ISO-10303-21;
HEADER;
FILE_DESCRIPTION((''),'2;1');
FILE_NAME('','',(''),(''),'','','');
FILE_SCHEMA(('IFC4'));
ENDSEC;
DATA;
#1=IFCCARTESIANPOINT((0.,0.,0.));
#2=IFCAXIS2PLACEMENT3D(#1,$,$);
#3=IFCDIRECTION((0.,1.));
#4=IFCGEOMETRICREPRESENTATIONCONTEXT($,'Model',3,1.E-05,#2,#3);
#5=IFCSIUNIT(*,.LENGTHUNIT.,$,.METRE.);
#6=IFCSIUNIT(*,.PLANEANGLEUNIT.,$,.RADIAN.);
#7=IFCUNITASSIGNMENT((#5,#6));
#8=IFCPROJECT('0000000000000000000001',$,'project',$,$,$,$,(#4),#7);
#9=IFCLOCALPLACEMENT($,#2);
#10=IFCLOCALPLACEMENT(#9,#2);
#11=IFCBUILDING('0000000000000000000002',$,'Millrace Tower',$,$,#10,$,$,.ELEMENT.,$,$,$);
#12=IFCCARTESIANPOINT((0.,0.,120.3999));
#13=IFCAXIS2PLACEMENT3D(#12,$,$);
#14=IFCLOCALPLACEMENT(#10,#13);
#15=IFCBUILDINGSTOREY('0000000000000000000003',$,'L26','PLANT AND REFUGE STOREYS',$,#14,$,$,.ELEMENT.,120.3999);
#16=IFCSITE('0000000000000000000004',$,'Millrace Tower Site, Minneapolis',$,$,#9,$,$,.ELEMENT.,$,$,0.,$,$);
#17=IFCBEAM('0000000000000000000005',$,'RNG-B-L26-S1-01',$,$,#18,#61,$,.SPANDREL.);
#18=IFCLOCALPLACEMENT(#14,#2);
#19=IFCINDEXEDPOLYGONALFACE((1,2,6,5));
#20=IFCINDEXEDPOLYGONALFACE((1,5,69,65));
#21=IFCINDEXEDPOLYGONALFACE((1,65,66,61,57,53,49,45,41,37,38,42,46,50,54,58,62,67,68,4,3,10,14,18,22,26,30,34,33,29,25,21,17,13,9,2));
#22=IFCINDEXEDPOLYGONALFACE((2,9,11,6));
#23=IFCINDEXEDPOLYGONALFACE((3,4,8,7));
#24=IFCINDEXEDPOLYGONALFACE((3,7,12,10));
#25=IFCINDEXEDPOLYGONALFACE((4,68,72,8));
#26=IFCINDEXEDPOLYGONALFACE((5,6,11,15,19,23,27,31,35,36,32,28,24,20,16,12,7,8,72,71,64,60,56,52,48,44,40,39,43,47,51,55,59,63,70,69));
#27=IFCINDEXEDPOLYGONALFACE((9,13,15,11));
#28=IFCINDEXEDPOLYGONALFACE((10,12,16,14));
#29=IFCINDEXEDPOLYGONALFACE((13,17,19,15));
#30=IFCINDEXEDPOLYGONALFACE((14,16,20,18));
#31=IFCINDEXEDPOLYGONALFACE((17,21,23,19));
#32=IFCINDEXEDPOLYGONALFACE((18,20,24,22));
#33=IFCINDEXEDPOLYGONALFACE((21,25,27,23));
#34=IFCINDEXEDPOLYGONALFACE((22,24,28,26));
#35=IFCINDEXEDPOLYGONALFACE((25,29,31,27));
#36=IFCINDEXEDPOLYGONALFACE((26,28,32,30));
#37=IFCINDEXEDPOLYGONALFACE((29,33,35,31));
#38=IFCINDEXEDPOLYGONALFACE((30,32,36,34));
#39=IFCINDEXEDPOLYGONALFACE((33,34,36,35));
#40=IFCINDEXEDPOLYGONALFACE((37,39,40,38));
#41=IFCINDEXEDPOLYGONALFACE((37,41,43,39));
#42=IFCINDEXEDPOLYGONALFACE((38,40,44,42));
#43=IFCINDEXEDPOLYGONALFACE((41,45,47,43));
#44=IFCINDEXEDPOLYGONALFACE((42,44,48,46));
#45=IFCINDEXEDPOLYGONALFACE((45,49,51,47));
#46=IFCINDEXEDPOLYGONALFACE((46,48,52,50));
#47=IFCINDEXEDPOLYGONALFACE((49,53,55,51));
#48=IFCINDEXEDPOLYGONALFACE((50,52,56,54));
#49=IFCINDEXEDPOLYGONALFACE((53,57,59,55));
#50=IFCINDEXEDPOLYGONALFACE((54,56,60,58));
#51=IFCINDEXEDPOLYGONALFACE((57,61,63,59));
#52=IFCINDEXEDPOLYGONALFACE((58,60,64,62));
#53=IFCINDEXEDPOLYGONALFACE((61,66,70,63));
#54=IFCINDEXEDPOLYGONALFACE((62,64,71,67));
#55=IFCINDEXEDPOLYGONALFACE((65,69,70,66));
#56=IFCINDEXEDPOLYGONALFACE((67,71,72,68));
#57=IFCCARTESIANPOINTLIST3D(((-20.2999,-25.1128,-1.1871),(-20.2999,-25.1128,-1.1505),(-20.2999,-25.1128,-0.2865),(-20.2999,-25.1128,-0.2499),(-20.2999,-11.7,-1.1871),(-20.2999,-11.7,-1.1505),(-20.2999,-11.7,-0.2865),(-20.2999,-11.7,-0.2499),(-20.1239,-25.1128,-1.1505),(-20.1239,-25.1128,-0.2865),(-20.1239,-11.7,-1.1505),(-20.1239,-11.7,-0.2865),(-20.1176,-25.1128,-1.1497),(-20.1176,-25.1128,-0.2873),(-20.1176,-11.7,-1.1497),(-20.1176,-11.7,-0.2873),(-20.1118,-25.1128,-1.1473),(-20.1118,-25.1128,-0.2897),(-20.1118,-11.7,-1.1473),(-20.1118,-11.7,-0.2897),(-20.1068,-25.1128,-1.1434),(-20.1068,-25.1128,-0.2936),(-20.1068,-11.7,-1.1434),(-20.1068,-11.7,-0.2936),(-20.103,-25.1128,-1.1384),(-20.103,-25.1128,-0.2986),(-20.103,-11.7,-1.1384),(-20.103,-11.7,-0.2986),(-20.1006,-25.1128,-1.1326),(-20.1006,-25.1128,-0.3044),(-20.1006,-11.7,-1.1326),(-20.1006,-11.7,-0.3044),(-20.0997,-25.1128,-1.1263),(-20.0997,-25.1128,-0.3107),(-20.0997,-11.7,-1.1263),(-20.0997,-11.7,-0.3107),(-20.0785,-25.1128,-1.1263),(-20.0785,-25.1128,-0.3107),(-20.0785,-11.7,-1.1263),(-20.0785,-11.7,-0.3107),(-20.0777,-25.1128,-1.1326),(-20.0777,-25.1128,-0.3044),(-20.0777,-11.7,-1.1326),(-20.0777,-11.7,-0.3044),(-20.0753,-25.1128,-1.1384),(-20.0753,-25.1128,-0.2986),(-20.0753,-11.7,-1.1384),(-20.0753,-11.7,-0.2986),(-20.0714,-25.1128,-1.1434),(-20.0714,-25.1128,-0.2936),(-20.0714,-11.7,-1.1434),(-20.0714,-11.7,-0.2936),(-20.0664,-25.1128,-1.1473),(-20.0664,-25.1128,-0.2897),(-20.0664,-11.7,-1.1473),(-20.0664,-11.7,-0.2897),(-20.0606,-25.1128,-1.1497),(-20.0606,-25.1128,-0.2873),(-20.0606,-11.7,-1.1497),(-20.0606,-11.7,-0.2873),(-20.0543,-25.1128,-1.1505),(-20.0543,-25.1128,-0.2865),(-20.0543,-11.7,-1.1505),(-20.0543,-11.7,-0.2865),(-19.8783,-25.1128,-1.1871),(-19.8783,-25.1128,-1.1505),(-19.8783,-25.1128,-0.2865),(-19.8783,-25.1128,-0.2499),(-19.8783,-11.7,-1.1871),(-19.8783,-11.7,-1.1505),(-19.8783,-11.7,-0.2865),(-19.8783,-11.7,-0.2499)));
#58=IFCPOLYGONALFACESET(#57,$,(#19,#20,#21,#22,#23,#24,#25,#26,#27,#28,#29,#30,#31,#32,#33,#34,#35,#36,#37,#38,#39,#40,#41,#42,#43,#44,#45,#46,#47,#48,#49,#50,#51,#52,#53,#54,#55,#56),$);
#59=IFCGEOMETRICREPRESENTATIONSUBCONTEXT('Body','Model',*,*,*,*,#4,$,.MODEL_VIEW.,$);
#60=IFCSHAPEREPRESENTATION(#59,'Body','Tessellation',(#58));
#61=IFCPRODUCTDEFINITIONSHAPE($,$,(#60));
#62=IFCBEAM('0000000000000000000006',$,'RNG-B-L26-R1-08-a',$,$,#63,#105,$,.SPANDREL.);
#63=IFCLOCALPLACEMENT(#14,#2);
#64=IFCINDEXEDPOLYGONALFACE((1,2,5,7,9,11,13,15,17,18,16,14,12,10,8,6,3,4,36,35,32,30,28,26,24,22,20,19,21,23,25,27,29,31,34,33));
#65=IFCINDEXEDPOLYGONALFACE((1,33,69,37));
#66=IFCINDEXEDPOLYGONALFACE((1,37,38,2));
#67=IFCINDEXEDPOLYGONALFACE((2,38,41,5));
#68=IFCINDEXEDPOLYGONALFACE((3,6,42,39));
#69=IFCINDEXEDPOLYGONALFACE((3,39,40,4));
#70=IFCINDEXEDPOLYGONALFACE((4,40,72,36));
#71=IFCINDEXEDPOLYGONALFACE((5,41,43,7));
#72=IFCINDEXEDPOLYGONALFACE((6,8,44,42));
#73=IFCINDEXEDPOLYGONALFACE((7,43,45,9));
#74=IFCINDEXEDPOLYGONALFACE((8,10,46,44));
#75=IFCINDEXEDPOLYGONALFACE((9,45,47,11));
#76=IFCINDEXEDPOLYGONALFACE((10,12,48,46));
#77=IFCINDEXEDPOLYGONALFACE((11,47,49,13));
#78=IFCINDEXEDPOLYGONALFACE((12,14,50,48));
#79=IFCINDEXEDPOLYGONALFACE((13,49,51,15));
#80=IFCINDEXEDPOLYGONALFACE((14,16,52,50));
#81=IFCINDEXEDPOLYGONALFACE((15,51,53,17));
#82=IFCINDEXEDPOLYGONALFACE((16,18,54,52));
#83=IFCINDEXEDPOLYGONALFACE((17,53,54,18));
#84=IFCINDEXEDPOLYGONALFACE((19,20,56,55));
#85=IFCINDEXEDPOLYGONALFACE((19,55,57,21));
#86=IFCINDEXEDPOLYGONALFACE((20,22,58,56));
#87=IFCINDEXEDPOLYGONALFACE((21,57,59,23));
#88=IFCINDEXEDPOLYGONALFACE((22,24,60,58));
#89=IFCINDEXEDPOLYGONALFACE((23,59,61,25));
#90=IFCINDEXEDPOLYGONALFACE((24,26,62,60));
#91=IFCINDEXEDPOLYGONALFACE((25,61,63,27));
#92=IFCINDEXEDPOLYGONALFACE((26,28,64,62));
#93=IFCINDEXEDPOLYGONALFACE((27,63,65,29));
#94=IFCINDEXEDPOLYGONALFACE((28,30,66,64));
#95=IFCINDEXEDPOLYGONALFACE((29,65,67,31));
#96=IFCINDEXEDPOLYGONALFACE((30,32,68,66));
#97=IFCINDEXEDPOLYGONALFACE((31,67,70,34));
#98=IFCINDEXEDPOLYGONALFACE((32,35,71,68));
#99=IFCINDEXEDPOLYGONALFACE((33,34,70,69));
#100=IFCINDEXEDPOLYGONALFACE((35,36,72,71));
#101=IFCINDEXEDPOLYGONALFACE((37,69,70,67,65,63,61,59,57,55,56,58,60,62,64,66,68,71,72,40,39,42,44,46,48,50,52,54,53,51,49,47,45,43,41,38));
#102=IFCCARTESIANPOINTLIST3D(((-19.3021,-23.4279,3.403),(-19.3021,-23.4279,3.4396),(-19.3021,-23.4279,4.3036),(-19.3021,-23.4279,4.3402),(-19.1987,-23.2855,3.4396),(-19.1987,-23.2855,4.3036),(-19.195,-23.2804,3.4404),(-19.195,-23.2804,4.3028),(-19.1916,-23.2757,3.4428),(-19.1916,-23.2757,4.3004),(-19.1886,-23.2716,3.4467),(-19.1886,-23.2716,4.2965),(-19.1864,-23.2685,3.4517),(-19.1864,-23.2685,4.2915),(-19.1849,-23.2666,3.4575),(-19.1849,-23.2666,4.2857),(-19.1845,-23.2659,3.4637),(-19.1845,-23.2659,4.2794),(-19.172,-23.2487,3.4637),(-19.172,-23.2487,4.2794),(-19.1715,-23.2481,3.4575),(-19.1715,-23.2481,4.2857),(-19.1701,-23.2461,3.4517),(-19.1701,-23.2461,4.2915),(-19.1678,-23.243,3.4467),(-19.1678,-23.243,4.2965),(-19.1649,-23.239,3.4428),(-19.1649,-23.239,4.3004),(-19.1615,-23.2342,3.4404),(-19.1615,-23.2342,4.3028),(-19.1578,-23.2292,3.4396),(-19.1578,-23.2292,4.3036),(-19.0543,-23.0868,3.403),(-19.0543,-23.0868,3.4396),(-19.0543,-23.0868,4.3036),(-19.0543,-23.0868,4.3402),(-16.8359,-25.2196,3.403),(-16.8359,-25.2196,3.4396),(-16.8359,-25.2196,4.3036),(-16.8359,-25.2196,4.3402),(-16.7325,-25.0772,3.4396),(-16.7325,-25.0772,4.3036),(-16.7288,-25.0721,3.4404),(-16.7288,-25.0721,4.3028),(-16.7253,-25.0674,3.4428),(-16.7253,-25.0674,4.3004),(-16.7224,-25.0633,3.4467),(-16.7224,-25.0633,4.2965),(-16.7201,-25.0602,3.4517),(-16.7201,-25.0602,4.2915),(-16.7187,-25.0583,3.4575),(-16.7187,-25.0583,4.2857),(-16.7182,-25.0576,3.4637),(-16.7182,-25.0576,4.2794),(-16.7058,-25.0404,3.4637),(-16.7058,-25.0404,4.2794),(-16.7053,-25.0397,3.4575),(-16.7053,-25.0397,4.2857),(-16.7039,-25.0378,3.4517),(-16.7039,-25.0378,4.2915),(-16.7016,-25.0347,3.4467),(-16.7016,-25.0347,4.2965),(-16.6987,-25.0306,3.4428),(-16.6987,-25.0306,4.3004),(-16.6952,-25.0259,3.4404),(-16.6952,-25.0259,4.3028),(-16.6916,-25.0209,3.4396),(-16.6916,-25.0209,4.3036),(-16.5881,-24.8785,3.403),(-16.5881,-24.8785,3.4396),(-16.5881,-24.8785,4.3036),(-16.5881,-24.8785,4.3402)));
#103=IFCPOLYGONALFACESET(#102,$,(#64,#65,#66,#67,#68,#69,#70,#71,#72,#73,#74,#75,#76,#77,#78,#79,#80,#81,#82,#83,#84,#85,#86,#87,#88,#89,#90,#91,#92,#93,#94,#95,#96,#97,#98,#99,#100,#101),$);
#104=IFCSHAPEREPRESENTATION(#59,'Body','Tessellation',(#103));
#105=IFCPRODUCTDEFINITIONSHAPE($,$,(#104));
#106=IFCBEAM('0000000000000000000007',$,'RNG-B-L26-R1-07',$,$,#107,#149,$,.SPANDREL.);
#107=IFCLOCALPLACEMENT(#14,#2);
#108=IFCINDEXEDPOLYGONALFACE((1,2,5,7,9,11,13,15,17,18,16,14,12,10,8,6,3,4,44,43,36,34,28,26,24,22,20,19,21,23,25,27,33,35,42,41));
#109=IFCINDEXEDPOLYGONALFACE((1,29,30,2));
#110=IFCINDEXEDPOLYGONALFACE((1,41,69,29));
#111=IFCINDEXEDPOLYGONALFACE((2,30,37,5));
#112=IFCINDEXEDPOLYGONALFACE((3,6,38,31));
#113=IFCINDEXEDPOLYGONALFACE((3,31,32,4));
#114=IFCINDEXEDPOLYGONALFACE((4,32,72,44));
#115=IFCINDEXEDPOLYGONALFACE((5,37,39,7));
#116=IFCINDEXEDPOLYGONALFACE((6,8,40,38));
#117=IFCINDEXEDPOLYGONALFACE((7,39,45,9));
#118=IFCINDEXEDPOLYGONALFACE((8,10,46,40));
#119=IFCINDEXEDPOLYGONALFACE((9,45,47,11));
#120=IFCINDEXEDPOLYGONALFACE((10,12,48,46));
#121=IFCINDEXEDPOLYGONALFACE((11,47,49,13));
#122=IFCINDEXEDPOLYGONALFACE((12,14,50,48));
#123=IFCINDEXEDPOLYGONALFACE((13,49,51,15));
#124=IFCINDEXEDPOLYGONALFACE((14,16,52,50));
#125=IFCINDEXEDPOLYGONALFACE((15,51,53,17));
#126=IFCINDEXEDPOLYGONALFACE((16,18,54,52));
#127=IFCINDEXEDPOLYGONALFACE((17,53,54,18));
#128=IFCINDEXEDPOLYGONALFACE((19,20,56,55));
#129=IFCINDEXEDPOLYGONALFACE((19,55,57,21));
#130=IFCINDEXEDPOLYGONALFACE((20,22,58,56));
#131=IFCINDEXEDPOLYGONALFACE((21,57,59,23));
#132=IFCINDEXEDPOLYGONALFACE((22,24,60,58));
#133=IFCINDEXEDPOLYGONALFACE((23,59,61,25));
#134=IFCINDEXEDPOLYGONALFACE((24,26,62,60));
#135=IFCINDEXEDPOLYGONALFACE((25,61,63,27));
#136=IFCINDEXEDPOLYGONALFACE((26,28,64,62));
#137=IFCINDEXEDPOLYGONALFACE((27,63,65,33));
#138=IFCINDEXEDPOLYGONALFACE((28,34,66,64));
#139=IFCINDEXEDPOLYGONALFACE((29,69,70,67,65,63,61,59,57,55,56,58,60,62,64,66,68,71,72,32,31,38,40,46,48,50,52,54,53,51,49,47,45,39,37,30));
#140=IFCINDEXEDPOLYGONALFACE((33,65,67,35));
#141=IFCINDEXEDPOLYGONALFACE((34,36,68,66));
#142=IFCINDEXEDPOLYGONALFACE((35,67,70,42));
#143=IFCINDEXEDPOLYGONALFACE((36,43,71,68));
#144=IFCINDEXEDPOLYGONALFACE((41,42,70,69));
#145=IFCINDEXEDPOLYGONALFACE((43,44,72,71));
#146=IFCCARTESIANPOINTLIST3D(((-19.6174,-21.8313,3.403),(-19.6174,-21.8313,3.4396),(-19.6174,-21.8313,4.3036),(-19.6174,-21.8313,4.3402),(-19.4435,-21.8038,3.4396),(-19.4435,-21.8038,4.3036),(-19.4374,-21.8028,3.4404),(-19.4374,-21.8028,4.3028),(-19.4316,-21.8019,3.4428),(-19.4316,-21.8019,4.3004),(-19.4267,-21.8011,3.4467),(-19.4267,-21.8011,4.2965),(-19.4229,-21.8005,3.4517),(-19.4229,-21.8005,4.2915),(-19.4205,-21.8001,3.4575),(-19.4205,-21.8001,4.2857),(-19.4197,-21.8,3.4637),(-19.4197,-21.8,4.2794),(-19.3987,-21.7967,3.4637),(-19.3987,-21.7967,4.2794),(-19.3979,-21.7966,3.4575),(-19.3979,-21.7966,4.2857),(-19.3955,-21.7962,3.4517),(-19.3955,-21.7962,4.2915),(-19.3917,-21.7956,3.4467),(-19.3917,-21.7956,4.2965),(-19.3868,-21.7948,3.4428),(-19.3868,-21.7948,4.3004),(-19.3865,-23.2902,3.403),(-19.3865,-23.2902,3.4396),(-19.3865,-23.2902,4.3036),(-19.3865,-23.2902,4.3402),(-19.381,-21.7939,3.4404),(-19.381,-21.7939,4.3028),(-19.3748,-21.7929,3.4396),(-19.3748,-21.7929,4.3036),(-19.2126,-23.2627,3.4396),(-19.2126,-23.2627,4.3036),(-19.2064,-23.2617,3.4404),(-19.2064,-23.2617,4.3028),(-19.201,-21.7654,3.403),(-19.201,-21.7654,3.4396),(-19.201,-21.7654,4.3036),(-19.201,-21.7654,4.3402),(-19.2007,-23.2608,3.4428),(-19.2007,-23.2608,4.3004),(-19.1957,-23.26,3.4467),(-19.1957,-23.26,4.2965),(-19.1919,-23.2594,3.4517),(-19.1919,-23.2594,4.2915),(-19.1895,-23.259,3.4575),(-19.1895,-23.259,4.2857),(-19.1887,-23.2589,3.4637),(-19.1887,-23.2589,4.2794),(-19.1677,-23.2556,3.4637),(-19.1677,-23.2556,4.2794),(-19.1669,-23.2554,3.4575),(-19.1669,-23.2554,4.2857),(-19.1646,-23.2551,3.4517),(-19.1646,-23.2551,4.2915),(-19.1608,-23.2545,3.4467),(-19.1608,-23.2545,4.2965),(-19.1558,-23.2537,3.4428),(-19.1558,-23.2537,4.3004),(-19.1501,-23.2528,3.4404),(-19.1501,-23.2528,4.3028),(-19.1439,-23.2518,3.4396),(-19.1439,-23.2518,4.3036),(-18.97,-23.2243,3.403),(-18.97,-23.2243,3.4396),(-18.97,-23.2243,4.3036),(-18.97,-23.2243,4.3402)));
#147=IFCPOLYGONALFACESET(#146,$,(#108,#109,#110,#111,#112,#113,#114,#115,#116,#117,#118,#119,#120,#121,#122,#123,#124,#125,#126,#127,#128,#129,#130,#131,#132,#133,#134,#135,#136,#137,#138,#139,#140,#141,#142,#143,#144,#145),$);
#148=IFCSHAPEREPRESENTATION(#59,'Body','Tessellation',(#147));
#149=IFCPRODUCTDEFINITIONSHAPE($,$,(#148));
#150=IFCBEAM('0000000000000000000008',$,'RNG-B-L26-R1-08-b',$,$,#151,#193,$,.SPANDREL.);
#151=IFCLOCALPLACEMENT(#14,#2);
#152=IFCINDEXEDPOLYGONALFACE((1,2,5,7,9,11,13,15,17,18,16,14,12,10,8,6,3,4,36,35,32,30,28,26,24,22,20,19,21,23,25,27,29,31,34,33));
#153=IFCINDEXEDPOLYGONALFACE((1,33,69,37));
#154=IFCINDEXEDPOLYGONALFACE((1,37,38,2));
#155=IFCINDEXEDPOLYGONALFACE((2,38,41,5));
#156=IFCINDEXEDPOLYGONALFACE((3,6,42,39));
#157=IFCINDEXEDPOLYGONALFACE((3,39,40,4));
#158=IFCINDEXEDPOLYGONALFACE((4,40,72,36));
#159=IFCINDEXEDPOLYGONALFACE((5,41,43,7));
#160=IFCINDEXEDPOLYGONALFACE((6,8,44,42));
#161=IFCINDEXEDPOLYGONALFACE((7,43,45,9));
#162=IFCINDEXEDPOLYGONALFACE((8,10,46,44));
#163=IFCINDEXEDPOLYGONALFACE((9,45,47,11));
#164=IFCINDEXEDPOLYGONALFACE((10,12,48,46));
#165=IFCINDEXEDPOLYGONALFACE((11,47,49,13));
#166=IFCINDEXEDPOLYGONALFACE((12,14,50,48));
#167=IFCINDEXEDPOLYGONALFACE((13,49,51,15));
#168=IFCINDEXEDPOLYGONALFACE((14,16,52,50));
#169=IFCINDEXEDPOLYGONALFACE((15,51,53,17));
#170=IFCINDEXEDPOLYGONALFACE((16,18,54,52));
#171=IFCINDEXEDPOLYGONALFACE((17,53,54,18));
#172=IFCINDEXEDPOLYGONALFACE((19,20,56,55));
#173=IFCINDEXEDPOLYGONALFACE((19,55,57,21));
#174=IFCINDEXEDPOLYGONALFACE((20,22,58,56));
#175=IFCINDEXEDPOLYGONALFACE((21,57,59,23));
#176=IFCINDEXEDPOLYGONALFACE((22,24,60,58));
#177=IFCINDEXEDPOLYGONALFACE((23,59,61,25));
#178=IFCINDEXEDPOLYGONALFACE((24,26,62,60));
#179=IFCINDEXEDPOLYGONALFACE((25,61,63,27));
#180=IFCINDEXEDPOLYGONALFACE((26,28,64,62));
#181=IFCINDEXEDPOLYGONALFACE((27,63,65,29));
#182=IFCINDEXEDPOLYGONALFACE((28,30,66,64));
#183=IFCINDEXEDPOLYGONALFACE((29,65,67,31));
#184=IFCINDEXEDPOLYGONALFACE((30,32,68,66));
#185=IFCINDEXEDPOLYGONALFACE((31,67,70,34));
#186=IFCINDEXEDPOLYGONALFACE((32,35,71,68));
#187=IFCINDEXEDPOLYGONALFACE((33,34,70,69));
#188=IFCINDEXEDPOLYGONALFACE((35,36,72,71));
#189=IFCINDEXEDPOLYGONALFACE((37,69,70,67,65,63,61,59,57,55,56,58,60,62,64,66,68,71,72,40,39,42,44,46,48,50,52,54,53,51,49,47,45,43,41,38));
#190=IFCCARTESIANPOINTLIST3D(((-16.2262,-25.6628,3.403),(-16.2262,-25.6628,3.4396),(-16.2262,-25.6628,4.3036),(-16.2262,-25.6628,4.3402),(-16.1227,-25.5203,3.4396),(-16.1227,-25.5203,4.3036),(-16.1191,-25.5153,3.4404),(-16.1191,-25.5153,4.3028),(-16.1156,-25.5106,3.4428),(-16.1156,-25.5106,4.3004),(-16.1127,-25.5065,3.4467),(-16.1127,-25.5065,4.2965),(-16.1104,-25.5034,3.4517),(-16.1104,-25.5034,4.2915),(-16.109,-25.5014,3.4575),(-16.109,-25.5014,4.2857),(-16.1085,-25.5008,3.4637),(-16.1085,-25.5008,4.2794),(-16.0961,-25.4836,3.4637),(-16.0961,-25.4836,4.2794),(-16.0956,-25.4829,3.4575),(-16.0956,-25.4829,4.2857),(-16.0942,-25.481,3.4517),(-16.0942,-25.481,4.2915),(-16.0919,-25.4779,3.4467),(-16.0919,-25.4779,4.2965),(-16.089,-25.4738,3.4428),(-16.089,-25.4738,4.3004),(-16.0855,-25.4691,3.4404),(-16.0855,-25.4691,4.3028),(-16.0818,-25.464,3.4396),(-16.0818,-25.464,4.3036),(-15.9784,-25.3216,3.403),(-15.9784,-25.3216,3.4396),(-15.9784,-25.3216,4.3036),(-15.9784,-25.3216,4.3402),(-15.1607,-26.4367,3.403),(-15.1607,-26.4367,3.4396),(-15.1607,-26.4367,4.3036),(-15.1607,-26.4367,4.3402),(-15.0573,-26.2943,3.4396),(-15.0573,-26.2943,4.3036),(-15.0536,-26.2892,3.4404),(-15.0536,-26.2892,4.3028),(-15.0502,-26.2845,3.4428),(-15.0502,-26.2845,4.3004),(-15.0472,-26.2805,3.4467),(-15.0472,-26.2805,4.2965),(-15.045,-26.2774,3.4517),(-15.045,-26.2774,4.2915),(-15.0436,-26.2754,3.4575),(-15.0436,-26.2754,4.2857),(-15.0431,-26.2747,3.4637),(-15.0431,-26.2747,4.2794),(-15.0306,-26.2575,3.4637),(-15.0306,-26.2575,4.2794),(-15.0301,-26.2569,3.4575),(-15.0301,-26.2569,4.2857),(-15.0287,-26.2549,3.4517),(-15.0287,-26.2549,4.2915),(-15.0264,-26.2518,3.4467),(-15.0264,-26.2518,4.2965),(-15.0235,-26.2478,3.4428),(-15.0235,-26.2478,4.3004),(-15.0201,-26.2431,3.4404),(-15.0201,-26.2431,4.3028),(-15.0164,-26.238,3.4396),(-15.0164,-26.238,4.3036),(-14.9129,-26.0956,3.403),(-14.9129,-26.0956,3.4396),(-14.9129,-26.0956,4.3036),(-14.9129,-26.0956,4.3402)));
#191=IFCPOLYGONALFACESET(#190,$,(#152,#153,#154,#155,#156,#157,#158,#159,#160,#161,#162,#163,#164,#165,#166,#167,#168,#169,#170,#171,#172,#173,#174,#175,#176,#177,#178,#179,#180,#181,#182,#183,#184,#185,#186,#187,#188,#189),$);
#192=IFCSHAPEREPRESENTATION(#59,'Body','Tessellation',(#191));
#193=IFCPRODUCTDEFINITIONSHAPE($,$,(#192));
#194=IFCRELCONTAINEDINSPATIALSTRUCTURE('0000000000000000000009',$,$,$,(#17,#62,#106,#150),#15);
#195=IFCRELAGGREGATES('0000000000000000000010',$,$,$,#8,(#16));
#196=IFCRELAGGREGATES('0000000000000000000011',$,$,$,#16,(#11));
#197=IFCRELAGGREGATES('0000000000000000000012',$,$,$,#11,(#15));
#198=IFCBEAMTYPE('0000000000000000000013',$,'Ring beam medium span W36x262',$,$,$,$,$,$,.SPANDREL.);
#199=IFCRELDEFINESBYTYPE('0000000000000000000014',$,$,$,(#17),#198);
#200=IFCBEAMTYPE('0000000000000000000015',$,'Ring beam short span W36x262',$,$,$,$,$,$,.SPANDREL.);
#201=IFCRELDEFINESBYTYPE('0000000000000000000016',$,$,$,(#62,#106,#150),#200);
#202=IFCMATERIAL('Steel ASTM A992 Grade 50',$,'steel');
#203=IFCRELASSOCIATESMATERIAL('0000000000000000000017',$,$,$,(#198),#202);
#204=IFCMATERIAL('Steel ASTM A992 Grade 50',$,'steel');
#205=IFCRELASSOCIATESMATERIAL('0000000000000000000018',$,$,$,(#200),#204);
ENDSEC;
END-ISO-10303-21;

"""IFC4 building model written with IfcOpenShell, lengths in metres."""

from ifc_helpers import new_model, si_unit, direction, frame, origin, origin_2d, place, context, subcontext, project, spatial, i_section, extrude, material, material_profile, profile_set, type_object, element, save


model = new_model("IFC4")

# Units and contexts
model_context = context("Model", 3, precision=1e-05, world=origin(), true_north=direction((0.0, 1.0)))
body_context = subcontext(model_context, "Body", "Model", "MODEL_VIEW")
ifc_project = project(units=[si_unit("LENGTHUNIT", "METRE"), si_unit("PLANEANGLEUNIT", "RADIAN")], contexts=[model_context])

# Site, building, storey
site_placement = place(None, origin())
site = spatial("IfcSite", under=ifc_project, at=site_placement, Name="Millrace Tower Site, Minneapolis", CompositionType="ELEMENT", RefElevation=0.0)
building_placement = place(site_placement, origin())
building = spatial("IfcBuilding", under=site, at=building_placement, Name="Millrace Tower", CompositionType="ELEMENT")
storey_placement = place(building_placement, frame((0.0, 0.0, 120.3999)))
storey = spatial("IfcBuildingStorey", under=building, at=storey_placement, Name="L26", Description="PLANT AND REFUGE STOREYS", CompositionType="ELEMENT", Elevation=120.3999)

# Beams
ifc_material_1 = material(Name="Steel ASTM A992 Grade 50", Category="steel")
ifc_material_profile_1 = material_profile(ifc_material_1, i_section(OverallWidth=0.4216, OverallDepth=0.9373, WebThickness=0.0212, FlangeThickness=0.0366, FilletRadius=0.0242, at=origin_2d()))
ifc_profile_set_1 = profile_set([ifc_material_profile_1], Name="Steel ASTM A992 Grade 50")
beam_type_1 = type_object("IfcBeamType", Name="Ring beam medium span W36x262", PredefinedType="SPANDREL", material=ifc_profile_set_1)
beam_1_placement = place(storey_placement, frame((-20.0891, -25.1128, -0.7185), z_axis=(0.0, 1.0, 0.0), x_axis=(-1.0, 0.0, 0.0)))
element("IfcBeam", 1, at=beam_1_placement, inside=storey, type_object=beam_type_1, Name="RNG-B-L26-S1-01", PredefinedType="SPANDREL", context=body_context, shape_type="SweptSolid", body=[
    extrude(i_section(OverallWidth=0.4216, OverallDepth=0.9373, WebThickness=0.0212, FlangeThickness=0.0366, FilletRadius=0.0242, at=origin_2d()), origin(), (0.0, 0.0, 1.0), 13.4128),
])
ifc_material_2 = material(Name="Steel ASTM A992 Grade 50", Category="steel")
ifc_material_profile_2 = material_profile(ifc_material_2, i_section(OverallWidth=0.4216, OverallDepth=0.9373, WebThickness=0.0212, FlangeThickness=0.0366, FilletRadius=0.0242, at=origin_2d()))
ifc_profile_set_2 = profile_set([ifc_material_profile_2], Name="Steel ASTM A992 Grade 50")
beam_type_2 = type_object("IfcBeamType", Name="Ring beam short span W36x262", PredefinedType="SPANDREL", material=ifc_profile_set_2)
beam_2_placement = place(storey_placement, frame((-19.1782, -23.2573, 3.8716), z_axis=(0.809037, -0.587757, 0.0), x_axis=(0.587757, 0.809037, 0.0)))
element("IfcBeam", 2, at=beam_2_placement, inside=storey, type_object=beam_type_2, Name="RNG-B-L26-R1-08-a", PredefinedType="SPANDREL", context=body_context, shape_type="SweptSolid", body=[
    extrude(i_section(OverallWidth=0.4216, OverallDepth=0.9373, WebThickness=0.0212, FlangeThickness=0.0366, FilletRadius=0.0242, at=origin_2d()), origin(), (0.0, 0.0, 1.0), 3.0483),
])
beam_3_placement = place(storey_placement, frame((-19.4092, -21.7983, 3.8716), z_axis=(0.156353, -0.987701, 0.0), x_axis=(0.987701, 0.156353, 0.0)))
element("IfcBeam", 3, at=beam_3_placement, inside=storey, type_object=beam_type_2, Name="RNG-B-L26-R1-07", PredefinedType="SPANDREL", context=body_context, shape_type="SweptSolid", body=[
    extrude(i_section(OverallWidth=0.4216, OverallDepth=0.9373, WebThickness=0.0212, FlangeThickness=0.0366, FilletRadius=0.0242, at=origin_2d()), origin(), (0.0, 0.0, 1.0), 1.4771),
])
beam_4_placement = place(storey_placement, frame((-16.1023, -25.4922, 3.8716), z_axis=(0.809073, -0.587709, 0.0), x_axis=(0.587709, 0.809073, 0.0)))
element("IfcBeam", 4, at=beam_4_placement, inside=storey, type_object=beam_type_2, Name="RNG-B-L26-R1-08-b", PredefinedType="SPANDREL", context=body_context, shape_type="SweptSolid", body=[
    extrude(i_section(OverallWidth=0.4216, OverallDepth=0.9373, WebThickness=0.0212, FlangeThickness=0.0366, FilletRadius=0.0242, at=origin_2d()), origin(), (0.0, 0.0, 1.0), 1.3169),
])

save(model, "model.ifc")
